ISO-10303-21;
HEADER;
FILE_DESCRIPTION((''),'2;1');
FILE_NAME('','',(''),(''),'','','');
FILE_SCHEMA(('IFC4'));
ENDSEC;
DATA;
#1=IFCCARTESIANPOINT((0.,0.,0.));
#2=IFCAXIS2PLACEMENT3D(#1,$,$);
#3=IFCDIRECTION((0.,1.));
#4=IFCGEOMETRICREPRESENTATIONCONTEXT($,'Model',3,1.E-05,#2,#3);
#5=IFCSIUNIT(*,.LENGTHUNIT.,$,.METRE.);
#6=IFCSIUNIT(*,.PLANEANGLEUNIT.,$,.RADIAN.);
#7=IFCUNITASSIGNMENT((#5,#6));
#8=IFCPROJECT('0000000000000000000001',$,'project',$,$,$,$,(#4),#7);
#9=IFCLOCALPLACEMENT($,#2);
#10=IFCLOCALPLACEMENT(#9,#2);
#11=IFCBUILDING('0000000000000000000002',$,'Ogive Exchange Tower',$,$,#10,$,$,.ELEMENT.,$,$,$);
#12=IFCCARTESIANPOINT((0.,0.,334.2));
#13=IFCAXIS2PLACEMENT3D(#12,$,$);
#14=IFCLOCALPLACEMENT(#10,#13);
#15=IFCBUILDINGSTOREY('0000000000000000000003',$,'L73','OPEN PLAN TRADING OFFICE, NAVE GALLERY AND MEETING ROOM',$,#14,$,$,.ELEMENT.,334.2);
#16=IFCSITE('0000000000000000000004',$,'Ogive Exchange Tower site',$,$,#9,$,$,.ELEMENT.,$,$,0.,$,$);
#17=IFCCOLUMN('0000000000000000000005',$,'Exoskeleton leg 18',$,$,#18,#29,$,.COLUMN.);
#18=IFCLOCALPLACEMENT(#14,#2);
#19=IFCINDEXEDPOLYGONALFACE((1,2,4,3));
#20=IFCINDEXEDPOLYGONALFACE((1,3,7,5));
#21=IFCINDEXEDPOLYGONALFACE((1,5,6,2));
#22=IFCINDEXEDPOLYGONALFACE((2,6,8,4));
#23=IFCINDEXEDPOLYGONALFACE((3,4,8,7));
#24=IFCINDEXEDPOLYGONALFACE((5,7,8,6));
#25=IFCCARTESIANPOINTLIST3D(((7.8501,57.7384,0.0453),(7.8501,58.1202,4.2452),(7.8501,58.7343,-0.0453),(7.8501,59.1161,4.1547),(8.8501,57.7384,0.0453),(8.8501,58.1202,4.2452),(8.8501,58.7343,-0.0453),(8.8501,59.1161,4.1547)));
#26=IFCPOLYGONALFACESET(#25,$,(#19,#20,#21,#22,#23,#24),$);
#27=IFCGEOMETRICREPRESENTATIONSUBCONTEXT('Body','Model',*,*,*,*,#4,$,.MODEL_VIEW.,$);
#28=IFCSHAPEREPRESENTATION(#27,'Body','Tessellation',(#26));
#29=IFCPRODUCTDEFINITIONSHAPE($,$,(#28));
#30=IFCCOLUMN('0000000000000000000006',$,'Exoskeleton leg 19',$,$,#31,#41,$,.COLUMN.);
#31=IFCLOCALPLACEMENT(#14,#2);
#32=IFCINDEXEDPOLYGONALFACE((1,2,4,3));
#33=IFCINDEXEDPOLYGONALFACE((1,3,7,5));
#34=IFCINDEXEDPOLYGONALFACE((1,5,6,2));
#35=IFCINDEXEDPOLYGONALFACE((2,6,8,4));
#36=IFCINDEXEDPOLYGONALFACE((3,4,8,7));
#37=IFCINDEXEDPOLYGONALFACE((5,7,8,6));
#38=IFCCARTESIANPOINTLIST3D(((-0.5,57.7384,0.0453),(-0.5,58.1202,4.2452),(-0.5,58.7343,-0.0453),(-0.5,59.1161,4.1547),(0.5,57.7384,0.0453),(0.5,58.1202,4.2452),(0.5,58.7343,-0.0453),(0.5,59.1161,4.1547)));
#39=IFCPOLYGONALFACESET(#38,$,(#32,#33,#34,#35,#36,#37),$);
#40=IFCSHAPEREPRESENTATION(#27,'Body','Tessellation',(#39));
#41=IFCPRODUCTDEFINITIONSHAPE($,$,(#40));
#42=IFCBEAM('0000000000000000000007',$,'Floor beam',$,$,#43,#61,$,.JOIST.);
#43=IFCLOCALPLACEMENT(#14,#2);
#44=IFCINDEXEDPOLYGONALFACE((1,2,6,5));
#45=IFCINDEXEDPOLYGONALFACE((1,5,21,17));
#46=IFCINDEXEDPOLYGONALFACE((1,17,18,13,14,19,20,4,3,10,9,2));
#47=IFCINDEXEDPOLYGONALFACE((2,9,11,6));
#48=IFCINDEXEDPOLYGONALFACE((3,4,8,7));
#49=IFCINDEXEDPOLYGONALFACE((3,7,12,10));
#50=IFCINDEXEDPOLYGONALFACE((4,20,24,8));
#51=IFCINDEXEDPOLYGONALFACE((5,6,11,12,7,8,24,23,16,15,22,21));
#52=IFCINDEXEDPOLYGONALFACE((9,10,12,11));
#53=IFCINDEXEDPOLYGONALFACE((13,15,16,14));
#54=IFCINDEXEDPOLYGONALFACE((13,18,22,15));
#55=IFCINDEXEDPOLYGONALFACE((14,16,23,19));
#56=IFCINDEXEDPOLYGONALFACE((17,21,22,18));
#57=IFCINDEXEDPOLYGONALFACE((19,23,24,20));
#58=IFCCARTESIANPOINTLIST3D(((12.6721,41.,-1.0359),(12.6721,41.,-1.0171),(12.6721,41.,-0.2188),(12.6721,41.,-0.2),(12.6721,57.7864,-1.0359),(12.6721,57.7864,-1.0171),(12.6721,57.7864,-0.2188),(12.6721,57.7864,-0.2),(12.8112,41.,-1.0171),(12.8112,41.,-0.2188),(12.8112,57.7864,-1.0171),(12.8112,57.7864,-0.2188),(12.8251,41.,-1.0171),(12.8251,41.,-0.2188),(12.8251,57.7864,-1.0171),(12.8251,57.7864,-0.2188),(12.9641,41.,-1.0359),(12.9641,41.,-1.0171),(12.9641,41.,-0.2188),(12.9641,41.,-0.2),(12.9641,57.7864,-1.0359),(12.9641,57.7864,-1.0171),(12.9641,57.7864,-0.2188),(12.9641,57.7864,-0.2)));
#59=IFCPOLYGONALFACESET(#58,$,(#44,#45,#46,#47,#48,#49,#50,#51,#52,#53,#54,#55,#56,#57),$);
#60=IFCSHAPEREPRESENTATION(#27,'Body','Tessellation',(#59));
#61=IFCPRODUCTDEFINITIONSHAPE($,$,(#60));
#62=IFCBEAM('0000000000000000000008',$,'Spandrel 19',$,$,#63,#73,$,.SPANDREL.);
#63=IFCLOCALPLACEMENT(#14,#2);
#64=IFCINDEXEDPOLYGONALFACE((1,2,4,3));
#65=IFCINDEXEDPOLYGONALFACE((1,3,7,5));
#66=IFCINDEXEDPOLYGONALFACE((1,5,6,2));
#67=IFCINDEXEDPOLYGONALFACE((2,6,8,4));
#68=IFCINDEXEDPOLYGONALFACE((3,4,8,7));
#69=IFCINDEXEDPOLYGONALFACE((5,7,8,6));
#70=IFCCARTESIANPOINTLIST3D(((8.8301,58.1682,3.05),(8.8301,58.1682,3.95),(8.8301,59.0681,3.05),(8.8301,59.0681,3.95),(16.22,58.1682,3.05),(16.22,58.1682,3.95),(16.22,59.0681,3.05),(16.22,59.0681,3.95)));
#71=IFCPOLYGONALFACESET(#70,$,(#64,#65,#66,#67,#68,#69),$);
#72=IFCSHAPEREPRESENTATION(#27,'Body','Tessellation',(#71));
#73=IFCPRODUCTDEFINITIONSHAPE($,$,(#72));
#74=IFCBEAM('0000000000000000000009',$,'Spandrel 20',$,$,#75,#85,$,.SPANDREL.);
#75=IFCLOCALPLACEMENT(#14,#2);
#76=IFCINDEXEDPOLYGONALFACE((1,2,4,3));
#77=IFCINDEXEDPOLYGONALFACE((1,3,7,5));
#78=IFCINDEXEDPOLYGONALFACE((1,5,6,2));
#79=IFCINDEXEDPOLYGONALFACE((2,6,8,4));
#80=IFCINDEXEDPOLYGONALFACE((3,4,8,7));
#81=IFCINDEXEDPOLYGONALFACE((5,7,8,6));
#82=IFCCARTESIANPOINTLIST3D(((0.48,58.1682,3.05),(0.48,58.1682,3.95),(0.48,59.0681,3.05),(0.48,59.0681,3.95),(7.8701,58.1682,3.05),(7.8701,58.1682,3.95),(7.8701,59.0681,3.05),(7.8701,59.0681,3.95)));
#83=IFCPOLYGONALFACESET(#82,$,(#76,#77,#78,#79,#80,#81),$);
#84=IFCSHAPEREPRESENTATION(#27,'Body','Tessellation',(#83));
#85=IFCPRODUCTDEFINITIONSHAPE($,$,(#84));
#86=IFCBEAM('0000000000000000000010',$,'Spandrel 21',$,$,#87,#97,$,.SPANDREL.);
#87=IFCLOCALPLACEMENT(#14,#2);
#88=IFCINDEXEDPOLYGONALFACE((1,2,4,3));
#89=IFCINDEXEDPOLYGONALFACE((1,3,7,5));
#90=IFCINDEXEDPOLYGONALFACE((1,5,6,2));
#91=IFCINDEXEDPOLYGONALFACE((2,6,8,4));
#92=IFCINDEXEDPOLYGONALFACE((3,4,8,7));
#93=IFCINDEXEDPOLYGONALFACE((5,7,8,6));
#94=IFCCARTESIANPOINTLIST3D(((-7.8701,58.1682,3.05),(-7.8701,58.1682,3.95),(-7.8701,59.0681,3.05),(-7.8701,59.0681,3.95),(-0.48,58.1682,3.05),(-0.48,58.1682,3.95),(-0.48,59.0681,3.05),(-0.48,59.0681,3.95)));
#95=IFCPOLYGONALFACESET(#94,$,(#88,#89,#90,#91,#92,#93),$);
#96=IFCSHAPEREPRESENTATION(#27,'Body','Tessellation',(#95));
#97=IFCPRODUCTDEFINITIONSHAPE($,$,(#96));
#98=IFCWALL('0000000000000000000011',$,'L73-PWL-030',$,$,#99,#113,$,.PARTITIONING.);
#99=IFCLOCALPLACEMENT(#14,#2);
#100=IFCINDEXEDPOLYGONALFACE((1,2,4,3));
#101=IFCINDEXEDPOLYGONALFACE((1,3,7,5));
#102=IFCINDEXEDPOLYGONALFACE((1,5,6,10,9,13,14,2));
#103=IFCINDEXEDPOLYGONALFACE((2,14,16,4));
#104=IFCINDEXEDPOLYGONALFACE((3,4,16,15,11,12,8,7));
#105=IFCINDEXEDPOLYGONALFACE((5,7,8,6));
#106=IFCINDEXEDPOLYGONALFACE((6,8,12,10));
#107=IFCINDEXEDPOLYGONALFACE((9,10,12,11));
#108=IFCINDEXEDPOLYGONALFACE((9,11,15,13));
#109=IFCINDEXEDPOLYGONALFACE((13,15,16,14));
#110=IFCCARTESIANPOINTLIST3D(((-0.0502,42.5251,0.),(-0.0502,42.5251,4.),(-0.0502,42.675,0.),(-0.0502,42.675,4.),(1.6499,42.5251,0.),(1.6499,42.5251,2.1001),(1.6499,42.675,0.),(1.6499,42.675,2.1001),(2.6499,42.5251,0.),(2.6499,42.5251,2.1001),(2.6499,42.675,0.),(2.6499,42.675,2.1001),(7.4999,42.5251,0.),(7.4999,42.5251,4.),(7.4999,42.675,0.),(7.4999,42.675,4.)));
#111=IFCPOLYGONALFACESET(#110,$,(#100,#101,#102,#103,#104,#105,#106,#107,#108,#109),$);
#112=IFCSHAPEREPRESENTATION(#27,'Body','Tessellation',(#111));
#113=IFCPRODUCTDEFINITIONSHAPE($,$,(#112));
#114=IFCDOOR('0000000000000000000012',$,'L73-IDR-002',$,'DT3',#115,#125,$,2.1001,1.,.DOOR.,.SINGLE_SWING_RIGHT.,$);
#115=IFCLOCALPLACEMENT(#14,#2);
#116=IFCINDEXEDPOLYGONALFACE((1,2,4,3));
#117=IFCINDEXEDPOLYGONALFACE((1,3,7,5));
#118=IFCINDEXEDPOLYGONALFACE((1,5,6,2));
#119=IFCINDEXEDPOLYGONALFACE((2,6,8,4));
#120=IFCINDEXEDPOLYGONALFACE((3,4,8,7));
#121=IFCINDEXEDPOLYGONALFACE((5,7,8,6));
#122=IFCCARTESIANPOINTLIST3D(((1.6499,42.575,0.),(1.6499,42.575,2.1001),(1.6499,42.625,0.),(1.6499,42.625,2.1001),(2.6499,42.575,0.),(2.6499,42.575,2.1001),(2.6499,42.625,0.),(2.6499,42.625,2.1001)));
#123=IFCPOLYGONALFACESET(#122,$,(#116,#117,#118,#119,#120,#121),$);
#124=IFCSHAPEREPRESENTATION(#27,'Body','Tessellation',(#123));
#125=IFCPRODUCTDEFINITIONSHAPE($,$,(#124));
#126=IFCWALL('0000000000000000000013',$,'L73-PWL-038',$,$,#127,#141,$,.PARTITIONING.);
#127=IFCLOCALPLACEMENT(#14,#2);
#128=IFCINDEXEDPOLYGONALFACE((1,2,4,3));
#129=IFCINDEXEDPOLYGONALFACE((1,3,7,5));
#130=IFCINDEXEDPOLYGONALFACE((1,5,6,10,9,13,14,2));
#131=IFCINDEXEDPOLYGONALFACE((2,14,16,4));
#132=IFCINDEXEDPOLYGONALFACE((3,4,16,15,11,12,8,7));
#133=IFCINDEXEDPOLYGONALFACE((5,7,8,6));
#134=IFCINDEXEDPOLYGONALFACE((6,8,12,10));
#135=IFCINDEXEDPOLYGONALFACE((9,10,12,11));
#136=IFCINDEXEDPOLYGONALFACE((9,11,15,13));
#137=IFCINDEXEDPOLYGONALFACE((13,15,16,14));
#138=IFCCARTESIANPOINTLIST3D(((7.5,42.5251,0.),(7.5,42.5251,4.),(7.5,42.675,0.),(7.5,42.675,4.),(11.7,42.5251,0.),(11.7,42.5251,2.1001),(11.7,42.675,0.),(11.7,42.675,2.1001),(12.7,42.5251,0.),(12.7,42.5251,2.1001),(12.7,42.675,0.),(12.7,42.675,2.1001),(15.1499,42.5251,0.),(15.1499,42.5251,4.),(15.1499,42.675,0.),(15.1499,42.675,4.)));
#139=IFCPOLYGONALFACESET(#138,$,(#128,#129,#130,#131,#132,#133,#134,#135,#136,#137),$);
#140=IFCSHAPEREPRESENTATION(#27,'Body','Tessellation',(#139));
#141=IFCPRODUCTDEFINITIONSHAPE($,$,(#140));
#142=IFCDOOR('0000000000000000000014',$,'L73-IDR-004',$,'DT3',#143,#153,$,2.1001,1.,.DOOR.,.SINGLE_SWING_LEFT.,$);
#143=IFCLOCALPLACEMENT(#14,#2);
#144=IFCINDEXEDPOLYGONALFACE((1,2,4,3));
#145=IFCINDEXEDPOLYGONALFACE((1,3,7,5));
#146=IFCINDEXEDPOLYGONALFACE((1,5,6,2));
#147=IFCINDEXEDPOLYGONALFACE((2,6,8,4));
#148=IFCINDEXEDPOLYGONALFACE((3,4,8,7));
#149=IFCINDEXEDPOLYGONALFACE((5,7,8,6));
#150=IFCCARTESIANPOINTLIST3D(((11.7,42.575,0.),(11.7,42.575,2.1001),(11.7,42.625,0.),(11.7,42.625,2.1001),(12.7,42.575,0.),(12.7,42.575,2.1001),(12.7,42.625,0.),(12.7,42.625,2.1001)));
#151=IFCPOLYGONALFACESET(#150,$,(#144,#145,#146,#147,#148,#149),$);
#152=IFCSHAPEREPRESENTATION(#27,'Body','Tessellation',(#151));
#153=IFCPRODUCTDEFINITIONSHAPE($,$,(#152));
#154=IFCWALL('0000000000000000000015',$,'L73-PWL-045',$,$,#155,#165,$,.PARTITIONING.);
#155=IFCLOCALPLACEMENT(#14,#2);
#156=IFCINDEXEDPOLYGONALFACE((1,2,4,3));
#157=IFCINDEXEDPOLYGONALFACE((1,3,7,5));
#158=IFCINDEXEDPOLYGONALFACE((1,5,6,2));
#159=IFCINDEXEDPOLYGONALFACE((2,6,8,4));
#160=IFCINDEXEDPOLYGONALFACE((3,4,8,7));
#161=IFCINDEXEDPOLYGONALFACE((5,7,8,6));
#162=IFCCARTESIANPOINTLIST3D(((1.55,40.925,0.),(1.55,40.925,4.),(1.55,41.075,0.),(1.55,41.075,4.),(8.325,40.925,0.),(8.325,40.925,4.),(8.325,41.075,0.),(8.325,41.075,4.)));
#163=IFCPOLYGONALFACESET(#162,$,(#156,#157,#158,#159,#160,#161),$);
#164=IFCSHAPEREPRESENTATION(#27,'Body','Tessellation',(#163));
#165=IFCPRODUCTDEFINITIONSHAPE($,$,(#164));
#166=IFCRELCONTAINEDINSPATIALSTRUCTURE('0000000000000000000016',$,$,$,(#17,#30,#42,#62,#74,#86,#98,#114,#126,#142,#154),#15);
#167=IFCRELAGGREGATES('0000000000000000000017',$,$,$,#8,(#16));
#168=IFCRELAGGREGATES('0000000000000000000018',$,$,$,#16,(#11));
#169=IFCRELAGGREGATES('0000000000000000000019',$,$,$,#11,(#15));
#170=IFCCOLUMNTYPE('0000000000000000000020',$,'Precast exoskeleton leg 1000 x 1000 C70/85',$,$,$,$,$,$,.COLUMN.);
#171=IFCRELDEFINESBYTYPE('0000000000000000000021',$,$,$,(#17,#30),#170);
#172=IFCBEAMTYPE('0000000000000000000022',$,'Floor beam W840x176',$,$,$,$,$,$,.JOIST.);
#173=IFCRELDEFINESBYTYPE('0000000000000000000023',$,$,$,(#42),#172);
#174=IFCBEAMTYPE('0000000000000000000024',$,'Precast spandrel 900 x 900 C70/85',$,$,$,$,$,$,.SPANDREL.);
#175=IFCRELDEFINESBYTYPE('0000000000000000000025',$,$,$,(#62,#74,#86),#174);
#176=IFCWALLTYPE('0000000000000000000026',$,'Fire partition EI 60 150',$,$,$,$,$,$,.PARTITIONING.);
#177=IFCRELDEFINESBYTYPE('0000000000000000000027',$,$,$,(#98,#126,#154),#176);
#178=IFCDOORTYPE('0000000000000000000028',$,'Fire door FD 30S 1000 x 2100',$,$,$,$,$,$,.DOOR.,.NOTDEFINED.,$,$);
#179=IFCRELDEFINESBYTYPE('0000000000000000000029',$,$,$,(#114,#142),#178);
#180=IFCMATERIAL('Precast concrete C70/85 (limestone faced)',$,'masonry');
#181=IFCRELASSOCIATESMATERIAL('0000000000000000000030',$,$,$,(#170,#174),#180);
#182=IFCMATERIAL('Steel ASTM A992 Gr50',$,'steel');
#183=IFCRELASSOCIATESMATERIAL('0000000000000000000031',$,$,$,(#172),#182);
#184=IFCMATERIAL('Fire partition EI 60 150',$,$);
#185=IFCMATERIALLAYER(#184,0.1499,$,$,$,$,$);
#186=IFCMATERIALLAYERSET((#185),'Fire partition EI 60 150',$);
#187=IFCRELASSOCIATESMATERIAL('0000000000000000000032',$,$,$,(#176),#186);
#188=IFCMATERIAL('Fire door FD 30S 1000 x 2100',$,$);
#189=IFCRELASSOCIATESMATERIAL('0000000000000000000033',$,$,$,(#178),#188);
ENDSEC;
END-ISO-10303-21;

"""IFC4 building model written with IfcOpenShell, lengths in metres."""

from ifc_helpers import new_model, si_unit, direction, frame, frame_2d, origin, origin_2d, place, context, subcontext, project, spatial, rectangle, i_section, extrude, material, layer, layer_set, material_profile, profile_set, type_object, element, fill, save


model = new_model("IFC4")

# Units and contexts
model_context = context("Model", 3, precision=1e-05, world=origin(), true_north=direction((0.0, 1.0)))
body_context = subcontext(model_context, "Body", "Model", "MODEL_VIEW")
ifc_project = project(units=[si_unit("LENGTHUNIT", "METRE"), si_unit("PLANEANGLEUNIT", "RADIAN")], contexts=[model_context])

# Site, building, storey
site_placement = place(None, origin())
site = spatial("IfcSite", under=ifc_project, at=site_placement, Name="Ogive Exchange Tower site", CompositionType="ELEMENT", RefElevation=0.0)
building_placement = place(site_placement, origin())
building = spatial("IfcBuilding", under=site, at=building_placement, Name="Ogive Exchange Tower", CompositionType="ELEMENT")
storey_placement = place(building_placement, frame((0.0, 0.0, 334.2)))
storey = spatial("IfcBuildingStorey", under=building, at=storey_placement, Name="L73", Description="OPEN PLAN TRADING OFFICE, NAVE GALLERY AND MEETING ROOM", CompositionType="ELEMENT", Elevation=334.2)

# Columns
ifc_material_1 = material(Name="Precast concrete C70/85 (limestone faced)", Category="masonry")
ifc_material_profile_1 = material_profile(ifc_material_1, rectangle(XDim=1.0, YDim=1.0, at=origin_2d()), Name="1000 x 1000")
ifc_profile_set_1 = profile_set([ifc_material_profile_1], Name="Precast concrete C70/85 (limestone faced)")
column_type = type_object("IfcColumnType", Name="Precast exoskeleton leg 1000 x 1000 C70/85", PredefinedType="COLUMN", material=ifc_profile_set_1)
for number, where, z_axis, x_axis, name in (
    (1, (8.3501, 58.2363, 0.0), (0.0, 0.090541, 0.995893), (-1.0, 0.0, 0.0), "Exoskeleton leg 18"),
    (2, (0.0, 58.2363, 0.0), (0.0, 0.090541, 0.995893), (-1.0, 0.0, 0.0), "Exoskeleton leg 19"),
):
    element("IfcColumn", number, at=place(storey_placement, frame(where, z_axis=z_axis, x_axis=x_axis)), inside=storey, type_object=column_type, Name=name, PredefinedType="COLUMN", context=body_context, shape_type="SweptSolid", body=[
        extrude(rectangle(XDim=1.0, YDim=1.0, at=origin_2d()), origin(), (0.0, 0.0, 1.0), 4.2173),
    ])

# Beams
ifc_material_2 = material(Name="Steel ASTM A992 Gr50", Category="steel")
ifc_material_profile_2 = material_profile(ifc_material_2, i_section(OverallWidth=0.292, OverallDepth=0.8359, WebThickness=0.0139, FlangeThickness=0.0188, at=origin_2d()), Name="W840x176")
ifc_profile_set_2 = profile_set([ifc_material_profile_2], Name="Steel ASTM A992 Gr50")
beam_type_1 = type_object("IfcBeamType", Name="Floor beam W840x176", PredefinedType="JOIST", material=ifc_profile_set_2)
beam_1_placement = place(storey_placement, frame((12.8181, 41.0, -0.6179), z_axis=(0.0, 1.0, 0.0), x_axis=(-1.0, 0.0, 0.0)))
element("IfcBeam", 3, at=beam_1_placement, inside=storey, type_object=beam_type_1, Name="Floor beam", PredefinedType="JOIST", context=body_context, shape_type="SweptSolid", body=[
    extrude(i_section(OverallWidth=0.292, OverallDepth=0.8359, WebThickness=0.0139, FlangeThickness=0.0188, at=origin_2d()), origin(), (0.0, 0.0, 1.0), 16.7864),
])
ifc_material_profile_3 = material_profile(ifc_material_1, rectangle(XDim=0.8999, YDim=0.8999, at=origin_2d()), Name="900 x 900")
ifc_profile_set_3 = profile_set([ifc_material_profile_3], Name="Precast concrete C70/85 (limestone faced)")
beam_type_2 = type_object("IfcBeamType", Name="Precast spandrel 900 x 900 C70/85", PredefinedType="SPANDREL", material=ifc_profile_set_3)
beam_2_placement = place(storey_placement, frame((16.22, 58.6182, 3.5), z_axis=(-1.0, 0.0, 0.0), x_axis=(0.0, -1.0, 0.0)))
element("IfcBeam", 4, at=beam_2_placement, inside=storey, type_object=beam_type_2, Name="Spandrel 19", PredefinedType="SPANDREL", context=body_context, shape_type="SweptSolid", body=[
    extrude(rectangle(XDim=0.8999, YDim=0.8999, at=origin_2d()), origin(), (0.0, 0.0, 1.0), 7.3899),
])
for number, where, z_axis, x_axis, name in (
    (5, (7.8701, 58.6182, 3.5), (-1.0, 0.0, 0.0), (0.0, -1.0, 0.0), "Spandrel 20"),
    (6, (-0.48, 58.6182, 3.5), (-1.0, 0.0, 0.0), (0.0, -1.0, 0.0), "Spandrel 21"),
):
    element("IfcBeam", number, at=place(storey_placement, frame(where, z_axis=z_axis, x_axis=x_axis)), inside=storey, type_object=beam_type_2, Name=name, PredefinedType="SPANDREL", context=body_context, shape_type="SweptSolid", body=[
        extrude(rectangle(XDim=0.8999, YDim=0.8999, at=origin_2d()), origin(), (0.0, 0.0, 1.0), 7.3901),
    ])

# Walls, openings, doors
ifc_material_3 = material(Name="Fire partition EI 60 150")
ifc_layer_1 = layer(ifc_material_3, 0.1499)
ifc_layer_set_1 = layer_set([ifc_layer_1], Name="Fire partition EI 60 150")
wall_type_1 = type_object("IfcWallType", Name="Fire partition EI 60 150", PredefinedType="PARTITIONING", material=ifc_layer_set_1)
wall_1_placement = place(storey_placement, frame((-0.05, 42.6001, 0.0), z_axis=(0.0, 0.0, 1.0), x_axis=(1.0, 0.0, 0.0)))
wall_1 = element("IfcWall", 7, at=wall_1_placement, inside=storey, type_object=wall_type_1, Name="L73-PWL-030", PredefinedType="PARTITIONING", context=body_context, shape_type="SweptSolid", body=[
    extrude(rectangle(XDim=7.55, YDim=0.1499, at=frame_2d((3.7749, 0.0))), origin(), (0.0, 0.0, 1.0), 4.0),
])
opening_1_placement = place(wall_1_placement, frame((1.7, 0.0, 0.0)))
opening_1 = element("IfcOpeningElement", 8, at=opening_1_placement, cuts=wall_1, PredefinedType="OPENING", context=body_context, shape_type="SweptSolid", body=[
    extrude(rectangle(XDim=1.0, YDim=2.1001, at=frame_2d((0.5, 1.05))), frame((0.0, 0.085, 0.0), z_axis=(0.0, -1.0, 0.0), x_axis=(1.0, 0.0, 0.0)), (0.0, 0.0, 1.0), 0.1699),
])
ifc_material_4 = material(Name="Fire door FD 30S 1000 x 2100")
door_type_1 = type_object("IfcDoorType", Name="Fire door FD 30S 1000 x 2100", OperationType="NOTDEFINED", PredefinedType="DOOR", material=ifc_material_4)
door_1_placement = place(opening_1_placement, origin())
door_1 = element("IfcDoor", 9, at=door_1_placement, inside=storey, type_object=door_type_1, Name="L73-IDR-002", ObjectType="DT3", OperationType="SINGLE_SWING_RIGHT", OverallHeight=2.1001, OverallWidth=1.0, PredefinedType="DOOR", context=body_context, shape_type="SweptSolid", body=[
    extrude(rectangle(XDim=1.0, YDim=2.1001, at=frame_2d((0.5, 1.05))), frame((0.0, 0.0249, 0.0), z_axis=(0.0, -1.0, 0.0), x_axis=(1.0, 0.0, 0.0)), (0.0, 0.0, 1.0), 0.05),
])
fill(opening_1, door_1)
wall_2_placement = place(storey_placement, frame((7.5, 42.6001, 0.0), z_axis=(0.0, 0.0, 1.0), x_axis=(1.0, 0.0, 0.0)))
wall_2 = element("IfcWall", 10, at=wall_2_placement, inside=storey, type_object=wall_type_1, Name="L73-PWL-038", PredefinedType="PARTITIONING", context=body_context, shape_type="SweptSolid", body=[
    extrude(rectangle(XDim=7.6499, YDim=0.1499, at=frame_2d((3.825, 0.0))), origin(), (0.0, 0.0, 1.0), 4.0),
])
opening_2_placement = place(wall_2_placement, frame((4.2, 0.0, 0.0)))
opening_2 = element("IfcOpeningElement", 11, at=opening_2_placement, cuts=wall_2, PredefinedType="OPENING", context=body_context, shape_type="SweptSolid", body=[
    extrude(rectangle(XDim=1.0, YDim=2.1001, at=frame_2d((0.5, 1.05))), frame((0.0, 0.085, 0.0), z_axis=(0.0, -1.0, 0.0), x_axis=(1.0, 0.0, 0.0)), (0.0, 0.0, 1.0), 0.1699),
])
door_2_placement = place(opening_2_placement, origin())
door_2 = element("IfcDoor", 12, at=door_2_placement, inside=storey, type_object=door_type_1, Name="L73-IDR-004", ObjectType="DT3", OperationType="SINGLE_SWING_LEFT", OverallHeight=2.1001, OverallWidth=1.0, PredefinedType="DOOR", context=body_context, shape_type="SweptSolid", body=[
    extrude(rectangle(XDim=1.0, YDim=2.1001, at=frame_2d((0.5, 1.05))), frame((0.0, 0.0249, 0.0), z_axis=(0.0, -1.0, 0.0), x_axis=(1.0, 0.0, 0.0)), (0.0, 0.0, 1.0), 0.05),
])
fill(opening_2, door_2)

# Wall
wall_3_placement = place(storey_placement, frame((8.325, 41.0, 0.0), z_axis=(0.0, 0.0, 1.0), x_axis=(-1.0, 0.0, 0.0)))
element("IfcWall", 13, at=wall_3_placement, inside=storey, type_object=wall_type_1, Name="L73-PWL-045", PredefinedType="PARTITIONING", context=body_context, shape_type="SweptSolid", body=[
    extrude(rectangle(XDim=6.7749, YDim=0.1499, at=frame_2d((3.3875, 0.0))), origin(), (0.0, 0.0, 1.0), 4.0),
])

save(model, "model.ifc")
